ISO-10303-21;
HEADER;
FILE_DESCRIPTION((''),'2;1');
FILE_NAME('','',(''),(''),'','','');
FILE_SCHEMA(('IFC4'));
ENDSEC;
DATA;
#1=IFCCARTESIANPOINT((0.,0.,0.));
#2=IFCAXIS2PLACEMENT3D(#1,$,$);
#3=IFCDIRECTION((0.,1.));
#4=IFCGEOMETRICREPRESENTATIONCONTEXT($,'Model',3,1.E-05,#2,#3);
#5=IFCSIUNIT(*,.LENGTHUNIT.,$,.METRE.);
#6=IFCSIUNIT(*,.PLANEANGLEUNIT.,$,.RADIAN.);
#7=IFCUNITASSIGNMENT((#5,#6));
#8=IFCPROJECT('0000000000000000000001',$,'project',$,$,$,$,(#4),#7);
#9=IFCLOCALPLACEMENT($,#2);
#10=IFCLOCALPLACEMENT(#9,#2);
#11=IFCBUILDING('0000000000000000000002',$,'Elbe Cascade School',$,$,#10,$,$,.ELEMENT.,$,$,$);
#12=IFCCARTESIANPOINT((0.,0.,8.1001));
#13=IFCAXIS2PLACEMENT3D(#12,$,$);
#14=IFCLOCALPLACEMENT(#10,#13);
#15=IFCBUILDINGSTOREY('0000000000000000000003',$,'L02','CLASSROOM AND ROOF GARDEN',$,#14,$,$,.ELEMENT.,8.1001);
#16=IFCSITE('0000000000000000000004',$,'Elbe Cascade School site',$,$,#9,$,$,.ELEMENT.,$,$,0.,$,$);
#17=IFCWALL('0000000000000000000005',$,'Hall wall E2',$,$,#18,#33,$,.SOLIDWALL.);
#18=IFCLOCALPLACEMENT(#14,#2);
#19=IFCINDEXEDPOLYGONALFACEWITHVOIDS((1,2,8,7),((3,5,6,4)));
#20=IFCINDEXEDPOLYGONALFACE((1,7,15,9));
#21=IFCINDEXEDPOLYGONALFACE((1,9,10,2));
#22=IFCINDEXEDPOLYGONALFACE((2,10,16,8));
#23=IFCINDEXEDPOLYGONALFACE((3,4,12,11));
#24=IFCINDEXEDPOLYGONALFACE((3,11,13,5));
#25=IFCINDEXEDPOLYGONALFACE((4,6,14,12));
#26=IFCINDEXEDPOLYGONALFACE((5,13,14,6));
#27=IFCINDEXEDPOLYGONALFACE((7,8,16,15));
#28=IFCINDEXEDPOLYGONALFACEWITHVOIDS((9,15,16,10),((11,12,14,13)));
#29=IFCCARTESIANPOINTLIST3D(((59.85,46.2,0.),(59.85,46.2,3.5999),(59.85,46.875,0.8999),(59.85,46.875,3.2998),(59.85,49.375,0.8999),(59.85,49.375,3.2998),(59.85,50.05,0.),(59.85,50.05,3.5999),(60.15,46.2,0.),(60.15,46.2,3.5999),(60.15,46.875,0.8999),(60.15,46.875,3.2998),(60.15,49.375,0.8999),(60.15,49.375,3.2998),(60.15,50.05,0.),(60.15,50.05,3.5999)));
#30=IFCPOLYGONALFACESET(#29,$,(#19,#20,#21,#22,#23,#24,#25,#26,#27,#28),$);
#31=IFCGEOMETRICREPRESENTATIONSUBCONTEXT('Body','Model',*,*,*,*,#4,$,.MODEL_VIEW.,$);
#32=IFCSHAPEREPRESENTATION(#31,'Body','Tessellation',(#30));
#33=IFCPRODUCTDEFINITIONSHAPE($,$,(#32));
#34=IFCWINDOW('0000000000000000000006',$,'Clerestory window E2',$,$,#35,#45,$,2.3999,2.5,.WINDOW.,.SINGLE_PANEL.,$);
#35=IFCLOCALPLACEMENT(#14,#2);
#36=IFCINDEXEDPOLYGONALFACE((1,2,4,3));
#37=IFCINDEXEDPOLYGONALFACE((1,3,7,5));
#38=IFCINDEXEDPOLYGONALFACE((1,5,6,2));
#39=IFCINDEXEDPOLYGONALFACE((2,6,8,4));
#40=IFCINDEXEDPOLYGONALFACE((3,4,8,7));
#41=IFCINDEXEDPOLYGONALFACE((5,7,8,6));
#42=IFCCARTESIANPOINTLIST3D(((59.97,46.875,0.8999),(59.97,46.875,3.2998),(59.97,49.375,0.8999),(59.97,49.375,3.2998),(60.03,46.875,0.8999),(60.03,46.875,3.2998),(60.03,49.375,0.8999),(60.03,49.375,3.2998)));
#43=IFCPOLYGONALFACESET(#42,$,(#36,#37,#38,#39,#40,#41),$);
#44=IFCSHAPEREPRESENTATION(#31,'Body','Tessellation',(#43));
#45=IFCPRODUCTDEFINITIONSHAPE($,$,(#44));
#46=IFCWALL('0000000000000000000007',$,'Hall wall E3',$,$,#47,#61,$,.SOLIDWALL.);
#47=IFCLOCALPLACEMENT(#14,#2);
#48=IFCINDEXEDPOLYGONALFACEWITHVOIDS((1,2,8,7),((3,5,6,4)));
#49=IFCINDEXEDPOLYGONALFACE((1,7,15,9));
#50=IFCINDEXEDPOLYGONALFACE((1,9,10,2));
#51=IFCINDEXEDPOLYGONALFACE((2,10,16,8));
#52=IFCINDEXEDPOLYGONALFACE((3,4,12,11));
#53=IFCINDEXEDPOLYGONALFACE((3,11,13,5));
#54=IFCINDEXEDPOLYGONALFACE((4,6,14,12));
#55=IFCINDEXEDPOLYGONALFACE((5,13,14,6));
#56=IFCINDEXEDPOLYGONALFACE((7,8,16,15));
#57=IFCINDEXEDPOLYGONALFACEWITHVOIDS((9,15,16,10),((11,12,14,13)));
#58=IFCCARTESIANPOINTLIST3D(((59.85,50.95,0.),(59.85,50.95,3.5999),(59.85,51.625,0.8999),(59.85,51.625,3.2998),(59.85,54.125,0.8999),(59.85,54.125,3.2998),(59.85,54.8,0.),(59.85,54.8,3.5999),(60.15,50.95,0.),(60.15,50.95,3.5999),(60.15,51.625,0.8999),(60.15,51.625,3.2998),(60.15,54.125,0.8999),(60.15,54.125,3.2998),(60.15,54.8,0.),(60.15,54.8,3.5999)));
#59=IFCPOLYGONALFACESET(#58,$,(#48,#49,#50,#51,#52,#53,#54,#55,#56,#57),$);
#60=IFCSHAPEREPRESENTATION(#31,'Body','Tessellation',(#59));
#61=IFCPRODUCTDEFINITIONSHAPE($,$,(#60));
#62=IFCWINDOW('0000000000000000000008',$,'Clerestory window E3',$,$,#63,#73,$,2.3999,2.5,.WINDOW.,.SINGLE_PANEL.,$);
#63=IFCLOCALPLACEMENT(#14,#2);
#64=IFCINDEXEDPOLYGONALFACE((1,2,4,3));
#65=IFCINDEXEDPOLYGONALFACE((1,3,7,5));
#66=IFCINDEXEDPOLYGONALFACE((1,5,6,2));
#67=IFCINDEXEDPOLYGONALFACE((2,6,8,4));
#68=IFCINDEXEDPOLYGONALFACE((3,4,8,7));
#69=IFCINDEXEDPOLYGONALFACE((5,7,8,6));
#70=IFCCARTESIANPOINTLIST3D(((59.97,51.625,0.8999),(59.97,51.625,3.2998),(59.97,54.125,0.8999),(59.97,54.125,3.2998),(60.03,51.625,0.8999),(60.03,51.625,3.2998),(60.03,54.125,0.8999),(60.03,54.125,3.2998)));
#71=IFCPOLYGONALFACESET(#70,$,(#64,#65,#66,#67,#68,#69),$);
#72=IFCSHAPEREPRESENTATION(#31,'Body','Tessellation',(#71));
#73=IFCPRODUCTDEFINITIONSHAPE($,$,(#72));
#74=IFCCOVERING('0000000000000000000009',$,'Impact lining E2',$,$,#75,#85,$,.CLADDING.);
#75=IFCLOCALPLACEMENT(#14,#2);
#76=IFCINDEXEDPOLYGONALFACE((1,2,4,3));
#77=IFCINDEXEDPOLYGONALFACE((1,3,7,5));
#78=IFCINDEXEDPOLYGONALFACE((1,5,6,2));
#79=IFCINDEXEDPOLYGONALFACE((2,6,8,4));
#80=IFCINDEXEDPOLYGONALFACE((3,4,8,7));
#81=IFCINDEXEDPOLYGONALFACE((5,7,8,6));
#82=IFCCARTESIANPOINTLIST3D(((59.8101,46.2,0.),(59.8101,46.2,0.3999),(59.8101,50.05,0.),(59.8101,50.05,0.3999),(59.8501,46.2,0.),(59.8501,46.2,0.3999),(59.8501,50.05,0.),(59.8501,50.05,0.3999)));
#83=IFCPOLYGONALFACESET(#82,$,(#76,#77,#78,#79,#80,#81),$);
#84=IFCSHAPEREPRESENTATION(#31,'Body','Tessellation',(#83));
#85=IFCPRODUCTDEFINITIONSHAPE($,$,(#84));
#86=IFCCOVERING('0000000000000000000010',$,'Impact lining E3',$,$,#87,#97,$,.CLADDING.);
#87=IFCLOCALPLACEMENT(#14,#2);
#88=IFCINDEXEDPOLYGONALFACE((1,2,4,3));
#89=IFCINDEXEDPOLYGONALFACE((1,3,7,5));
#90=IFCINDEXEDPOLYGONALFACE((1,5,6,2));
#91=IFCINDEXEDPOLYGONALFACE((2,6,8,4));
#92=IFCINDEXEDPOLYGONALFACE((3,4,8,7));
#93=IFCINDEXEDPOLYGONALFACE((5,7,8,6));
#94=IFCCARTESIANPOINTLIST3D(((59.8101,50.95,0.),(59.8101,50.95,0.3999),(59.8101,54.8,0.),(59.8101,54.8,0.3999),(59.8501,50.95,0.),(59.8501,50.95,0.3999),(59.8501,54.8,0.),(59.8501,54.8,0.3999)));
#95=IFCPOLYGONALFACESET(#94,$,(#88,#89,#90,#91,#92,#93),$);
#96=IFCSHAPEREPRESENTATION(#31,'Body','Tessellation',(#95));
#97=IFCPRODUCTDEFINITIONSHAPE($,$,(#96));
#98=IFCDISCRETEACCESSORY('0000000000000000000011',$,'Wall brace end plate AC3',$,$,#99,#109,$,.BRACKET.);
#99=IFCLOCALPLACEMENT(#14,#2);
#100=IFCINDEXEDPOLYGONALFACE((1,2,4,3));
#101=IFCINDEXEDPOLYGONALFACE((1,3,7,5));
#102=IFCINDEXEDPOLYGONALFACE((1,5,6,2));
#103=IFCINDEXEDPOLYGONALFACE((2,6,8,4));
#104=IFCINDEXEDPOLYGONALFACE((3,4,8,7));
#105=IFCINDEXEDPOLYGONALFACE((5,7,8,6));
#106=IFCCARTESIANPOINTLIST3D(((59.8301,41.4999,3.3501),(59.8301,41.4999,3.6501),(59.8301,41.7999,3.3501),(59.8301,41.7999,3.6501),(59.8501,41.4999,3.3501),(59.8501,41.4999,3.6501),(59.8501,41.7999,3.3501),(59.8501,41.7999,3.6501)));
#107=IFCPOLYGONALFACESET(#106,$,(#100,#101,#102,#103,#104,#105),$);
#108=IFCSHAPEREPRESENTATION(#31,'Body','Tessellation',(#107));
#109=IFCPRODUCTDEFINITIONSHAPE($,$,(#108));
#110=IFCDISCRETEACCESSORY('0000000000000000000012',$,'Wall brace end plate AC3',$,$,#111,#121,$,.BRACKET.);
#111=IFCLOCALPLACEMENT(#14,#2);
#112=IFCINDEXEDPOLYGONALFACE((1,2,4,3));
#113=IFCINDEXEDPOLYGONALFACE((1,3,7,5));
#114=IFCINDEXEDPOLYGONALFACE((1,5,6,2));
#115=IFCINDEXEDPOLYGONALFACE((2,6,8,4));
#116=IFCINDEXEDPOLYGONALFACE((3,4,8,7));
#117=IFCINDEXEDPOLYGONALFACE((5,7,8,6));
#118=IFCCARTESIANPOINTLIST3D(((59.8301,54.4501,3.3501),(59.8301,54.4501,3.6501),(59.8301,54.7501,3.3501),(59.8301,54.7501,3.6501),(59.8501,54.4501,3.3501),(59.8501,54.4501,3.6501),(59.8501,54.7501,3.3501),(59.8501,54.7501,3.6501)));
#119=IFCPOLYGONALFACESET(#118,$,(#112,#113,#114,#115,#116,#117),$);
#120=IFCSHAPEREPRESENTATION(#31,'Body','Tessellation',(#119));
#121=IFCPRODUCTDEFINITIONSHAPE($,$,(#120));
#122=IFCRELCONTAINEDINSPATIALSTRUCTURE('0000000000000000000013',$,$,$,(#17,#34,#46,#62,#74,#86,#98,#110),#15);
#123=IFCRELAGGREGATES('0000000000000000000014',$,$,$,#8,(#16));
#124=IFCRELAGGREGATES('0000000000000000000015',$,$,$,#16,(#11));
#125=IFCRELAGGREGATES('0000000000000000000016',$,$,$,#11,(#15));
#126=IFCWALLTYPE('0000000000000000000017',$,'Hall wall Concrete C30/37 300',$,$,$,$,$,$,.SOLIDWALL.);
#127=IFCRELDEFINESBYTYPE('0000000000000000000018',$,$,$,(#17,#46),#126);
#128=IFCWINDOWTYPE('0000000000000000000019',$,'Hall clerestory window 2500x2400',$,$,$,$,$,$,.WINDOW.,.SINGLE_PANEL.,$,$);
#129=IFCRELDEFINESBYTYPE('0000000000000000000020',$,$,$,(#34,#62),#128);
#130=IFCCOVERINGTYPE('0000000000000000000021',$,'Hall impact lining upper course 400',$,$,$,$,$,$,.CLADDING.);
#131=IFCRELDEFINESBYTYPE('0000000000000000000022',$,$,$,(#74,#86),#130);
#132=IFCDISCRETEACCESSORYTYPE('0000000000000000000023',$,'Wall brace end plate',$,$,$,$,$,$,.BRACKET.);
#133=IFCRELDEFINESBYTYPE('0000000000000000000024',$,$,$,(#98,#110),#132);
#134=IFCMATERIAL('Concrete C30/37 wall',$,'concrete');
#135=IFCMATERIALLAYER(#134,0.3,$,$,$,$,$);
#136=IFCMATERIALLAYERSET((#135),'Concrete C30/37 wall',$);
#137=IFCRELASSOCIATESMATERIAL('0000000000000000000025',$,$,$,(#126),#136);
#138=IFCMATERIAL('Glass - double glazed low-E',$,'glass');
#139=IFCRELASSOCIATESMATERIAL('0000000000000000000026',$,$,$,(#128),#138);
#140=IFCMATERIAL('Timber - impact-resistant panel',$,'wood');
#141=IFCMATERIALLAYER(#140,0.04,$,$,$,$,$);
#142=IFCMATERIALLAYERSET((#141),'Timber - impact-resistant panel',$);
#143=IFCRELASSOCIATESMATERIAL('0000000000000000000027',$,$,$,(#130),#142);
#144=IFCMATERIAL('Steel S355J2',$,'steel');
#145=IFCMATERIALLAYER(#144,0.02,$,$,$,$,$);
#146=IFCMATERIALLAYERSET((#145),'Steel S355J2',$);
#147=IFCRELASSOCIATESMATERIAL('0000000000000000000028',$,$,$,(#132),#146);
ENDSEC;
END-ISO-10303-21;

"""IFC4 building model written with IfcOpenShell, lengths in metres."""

from ifc_helpers import new_model, si_unit, direction, frame, frame_2d, origin, origin_2d, place, context, subcontext, project, spatial, rectangle, extrude, material, layer, layer_set, type_object, element, fill, save


model = new_model("IFC4")

# Units and contexts
model_context = context("Model", 3, precision=1e-05, world=origin(), true_north=direction((0.0, 1.0)))
body_context = subcontext(model_context, "Body", "Model", "MODEL_VIEW")
ifc_project = project(units=[si_unit("LENGTHUNIT", "METRE"), si_unit("PLANEANGLEUNIT", "RADIAN")], contexts=[model_context])

# Site, building, storey
site_placement = place(None, origin())
site = spatial("IfcSite", under=ifc_project, at=site_placement, Name="Elbe Cascade School site", CompositionType="ELEMENT", RefElevation=0.0)
building_placement = place(site_placement, origin())
building = spatial("IfcBuilding", under=site, at=building_placement, Name="Elbe Cascade School", CompositionType="ELEMENT")
storey_placement = place(building_placement, frame((0.0, 0.0, 8.1001)))
storey = spatial("IfcBuildingStorey", under=building, at=storey_placement, Name="L02", Description="CLASSROOM AND ROOF GARDEN", CompositionType="ELEMENT", Elevation=8.1001)

# Walls, openings, windows
ifc_material_1 = material(Name="Concrete C30/37 wall", Category="concrete")
ifc_layer_1 = layer(ifc_material_1, 0.3)
ifc_layer_set_1 = layer_set([ifc_layer_1], Name="Concrete C30/37 wall")
wall_type = type_object("IfcWallType", Name="Hall wall Concrete C30/37 300", PredefinedType="SOLIDWALL", material=ifc_layer_set_1)
ifc_material_2 = material(Name="Glass - double glazed low-E", Category="glass")
window_type = type_object("IfcWindowType", Name="Hall clerestory window 2500x2400", PartitioningType="SINGLE_PANEL", PredefinedType="WINDOW", material=ifc_material_2)
wall_1_placement = place(storey_placement, frame((60.0, 46.2, 0.0), z_axis=(0.0, 0.0, 1.0), x_axis=(0.0, 1.0, 0.0)))
wall_1 = element("IfcWall", 1, at=wall_1_placement, inside=storey, type_object=wall_type, Name="Hall wall E2", PredefinedType="SOLIDWALL", context=body_context, shape_type="SweptSolid", body=[
    extrude(rectangle(XDim=3.8501, YDim=0.3, at=frame_2d((1.925, 0.0))), origin(), (0.0, 0.0, 1.0), 3.5999),
])
opening_1_placement = place(wall_1_placement, frame((0.675, 0.0, 0.8999)))
opening_1 = element("IfcOpeningElement", 2, at=opening_1_placement, cuts=wall_1, PredefinedType="OPENING", context=body_context, shape_type="SweptSolid", body=[
    extrude(rectangle(XDim=2.5, YDim=2.3999, at=frame_2d((1.25, 1.2))), frame((0.0, 0.1599, 0.0), z_axis=(0.0, -1.0, 0.0), x_axis=(1.0, 0.0, 0.0)), (0.0, 0.0, 1.0), 0.3201),
])
window_1_placement = place(opening_1_placement, origin())
window_1 = element("IfcWindow", 3, at=window_1_placement, inside=storey, type_object=window_type, Name="Clerestory window E2", OverallHeight=2.3999, OverallWidth=2.5, PartitioningType="SINGLE_PANEL", PredefinedType="WINDOW", context=body_context, shape_type="SweptSolid", body=[
    extrude(rectangle(XDim=2.5, YDim=2.3999, at=frame_2d((1.25, 1.2))), frame((0.0, 0.03, 0.0), z_axis=(0.0, -1.0, 0.0), x_axis=(1.0, 0.0, 0.0)), (0.0, 0.0, 1.0), 0.0601),
])
fill(opening_1, window_1)
wall_2_placement = place(storey_placement, frame((60.0, 50.95, 0.0), z_axis=(0.0, 0.0, 1.0), x_axis=(0.0, 1.0, 0.0)))
wall_2 = element("IfcWall", 4, at=wall_2_placement, inside=storey, type_object=wall_type, Name="Hall wall E3", PredefinedType="SOLIDWALL", context=body_context, shape_type="SweptSolid", body=[
    extrude(rectangle(XDim=3.8501, YDim=0.3, at=frame_2d((1.925, 0.0))), origin(), (0.0, 0.0, 1.0), 3.5999),
])
opening_2_placement = place(wall_2_placement, frame((0.675, 0.0, 0.8999)))
opening_2 = element("IfcOpeningElement", 5, at=opening_2_placement, cuts=wall_2, PredefinedType="OPENING", context=body_context, shape_type="SweptSolid", body=[
    extrude(rectangle(XDim=2.5, YDim=2.3999, at=frame_2d((1.25, 1.2))), frame((0.0, 0.1599, 0.0), z_axis=(0.0, -1.0, 0.0), x_axis=(1.0, 0.0, 0.0)), (0.0, 0.0, 1.0), 0.3201),
])
window_2_placement = place(opening_2_placement, origin())
window_2 = element("IfcWindow", 6, at=window_2_placement, inside=storey, type_object=window_type, Name="Clerestory window E3", OverallHeight=2.3999, OverallWidth=2.5, PartitioningType="SINGLE_PANEL", PredefinedType="WINDOW", context=body_context, shape_type="SweptSolid", body=[
    extrude(rectangle(XDim=2.5, YDim=2.3999, at=frame_2d((1.25, 1.2))), frame((0.0, 0.03, 0.0), z_axis=(0.0, -1.0, 0.0), x_axis=(1.0, 0.0, 0.0)), (0.0, 0.0, 1.0), 0.0601),
])
fill(opening_2, window_2)

# Coverings
ifc_material_3 = material(Name="Timber - impact-resistant panel", Category="wood")
ifc_layer_2 = layer(ifc_material_3, 0.04)
ifc_layer_set_2 = layer_set([ifc_layer_2], Name="Timber - impact-resistant panel")
covering_type = type_object("IfcCoveringType", Name="Hall impact lining upper course 400", PredefinedType="CLADDING", material=ifc_layer_set_2)
for number, where, z_axis, x_axis, name in (
    (7, (59.8301, 48.125, 0.0), (0.0, 0.0, 1.0), (1.0, 0.0, 0.0), "Impact lining E2"),
    (8, (59.8301, 52.875, 0.0), (0.0, 0.0, 1.0), (1.0, 0.0, 0.0), "Impact lining E3"),
):
    element("IfcCovering", number, at=place(storey_placement, frame(where, z_axis=z_axis, x_axis=x_axis)), inside=storey, type_object=covering_type, Name=name, PredefinedType="CLADDING", context=body_context, shape_type="SweptSolid", body=[
        extrude(rectangle(XDim=0.04, YDim=3.8501, at=origin_2d()), origin(), (0.0, 0.0, 1.0), 0.3999),
    ])

# Discrete accessories
ifc_material_4 = material(Name="Steel S355J2", Category="steel")
ifc_layer_3 = layer(ifc_material_4, 0.02)
ifc_layer_set_3 = layer_set([ifc_layer_3], Name="Steel S355J2")
discrete_accessory_type = type_object("IfcDiscreteAccessoryType", Name="Wall brace end plate", PredefinedType="BRACKET", material=ifc_layer_set_3)
for number, where, z_axis, x_axis, name in (
    (9, (59.8401, 41.6499, 3.3501), (0.0, 0.0, 1.0), (1.0, 0.0, 0.0), "Wall brace end plate AC3"),
    (10, (59.8401, 54.6001, 3.3501), (0.0, 0.0, 1.0), (1.0, 0.0, 0.0), "Wall brace end plate AC3"),
):
    element("IfcDiscreteAccessory", number, at=place(storey_placement, frame(where, z_axis=z_axis, x_axis=x_axis)), inside=storey, type_object=discrete_accessory_type, Name=name, PredefinedType="BRACKET", context=body_context, shape_type="SweptSolid", body=[
        extrude(rectangle(XDim=0.02, YDim=0.3, at=origin_2d()), origin(), (0.0, 0.0, 1.0), 0.3),
    ])

save(model, "model.ifc")
